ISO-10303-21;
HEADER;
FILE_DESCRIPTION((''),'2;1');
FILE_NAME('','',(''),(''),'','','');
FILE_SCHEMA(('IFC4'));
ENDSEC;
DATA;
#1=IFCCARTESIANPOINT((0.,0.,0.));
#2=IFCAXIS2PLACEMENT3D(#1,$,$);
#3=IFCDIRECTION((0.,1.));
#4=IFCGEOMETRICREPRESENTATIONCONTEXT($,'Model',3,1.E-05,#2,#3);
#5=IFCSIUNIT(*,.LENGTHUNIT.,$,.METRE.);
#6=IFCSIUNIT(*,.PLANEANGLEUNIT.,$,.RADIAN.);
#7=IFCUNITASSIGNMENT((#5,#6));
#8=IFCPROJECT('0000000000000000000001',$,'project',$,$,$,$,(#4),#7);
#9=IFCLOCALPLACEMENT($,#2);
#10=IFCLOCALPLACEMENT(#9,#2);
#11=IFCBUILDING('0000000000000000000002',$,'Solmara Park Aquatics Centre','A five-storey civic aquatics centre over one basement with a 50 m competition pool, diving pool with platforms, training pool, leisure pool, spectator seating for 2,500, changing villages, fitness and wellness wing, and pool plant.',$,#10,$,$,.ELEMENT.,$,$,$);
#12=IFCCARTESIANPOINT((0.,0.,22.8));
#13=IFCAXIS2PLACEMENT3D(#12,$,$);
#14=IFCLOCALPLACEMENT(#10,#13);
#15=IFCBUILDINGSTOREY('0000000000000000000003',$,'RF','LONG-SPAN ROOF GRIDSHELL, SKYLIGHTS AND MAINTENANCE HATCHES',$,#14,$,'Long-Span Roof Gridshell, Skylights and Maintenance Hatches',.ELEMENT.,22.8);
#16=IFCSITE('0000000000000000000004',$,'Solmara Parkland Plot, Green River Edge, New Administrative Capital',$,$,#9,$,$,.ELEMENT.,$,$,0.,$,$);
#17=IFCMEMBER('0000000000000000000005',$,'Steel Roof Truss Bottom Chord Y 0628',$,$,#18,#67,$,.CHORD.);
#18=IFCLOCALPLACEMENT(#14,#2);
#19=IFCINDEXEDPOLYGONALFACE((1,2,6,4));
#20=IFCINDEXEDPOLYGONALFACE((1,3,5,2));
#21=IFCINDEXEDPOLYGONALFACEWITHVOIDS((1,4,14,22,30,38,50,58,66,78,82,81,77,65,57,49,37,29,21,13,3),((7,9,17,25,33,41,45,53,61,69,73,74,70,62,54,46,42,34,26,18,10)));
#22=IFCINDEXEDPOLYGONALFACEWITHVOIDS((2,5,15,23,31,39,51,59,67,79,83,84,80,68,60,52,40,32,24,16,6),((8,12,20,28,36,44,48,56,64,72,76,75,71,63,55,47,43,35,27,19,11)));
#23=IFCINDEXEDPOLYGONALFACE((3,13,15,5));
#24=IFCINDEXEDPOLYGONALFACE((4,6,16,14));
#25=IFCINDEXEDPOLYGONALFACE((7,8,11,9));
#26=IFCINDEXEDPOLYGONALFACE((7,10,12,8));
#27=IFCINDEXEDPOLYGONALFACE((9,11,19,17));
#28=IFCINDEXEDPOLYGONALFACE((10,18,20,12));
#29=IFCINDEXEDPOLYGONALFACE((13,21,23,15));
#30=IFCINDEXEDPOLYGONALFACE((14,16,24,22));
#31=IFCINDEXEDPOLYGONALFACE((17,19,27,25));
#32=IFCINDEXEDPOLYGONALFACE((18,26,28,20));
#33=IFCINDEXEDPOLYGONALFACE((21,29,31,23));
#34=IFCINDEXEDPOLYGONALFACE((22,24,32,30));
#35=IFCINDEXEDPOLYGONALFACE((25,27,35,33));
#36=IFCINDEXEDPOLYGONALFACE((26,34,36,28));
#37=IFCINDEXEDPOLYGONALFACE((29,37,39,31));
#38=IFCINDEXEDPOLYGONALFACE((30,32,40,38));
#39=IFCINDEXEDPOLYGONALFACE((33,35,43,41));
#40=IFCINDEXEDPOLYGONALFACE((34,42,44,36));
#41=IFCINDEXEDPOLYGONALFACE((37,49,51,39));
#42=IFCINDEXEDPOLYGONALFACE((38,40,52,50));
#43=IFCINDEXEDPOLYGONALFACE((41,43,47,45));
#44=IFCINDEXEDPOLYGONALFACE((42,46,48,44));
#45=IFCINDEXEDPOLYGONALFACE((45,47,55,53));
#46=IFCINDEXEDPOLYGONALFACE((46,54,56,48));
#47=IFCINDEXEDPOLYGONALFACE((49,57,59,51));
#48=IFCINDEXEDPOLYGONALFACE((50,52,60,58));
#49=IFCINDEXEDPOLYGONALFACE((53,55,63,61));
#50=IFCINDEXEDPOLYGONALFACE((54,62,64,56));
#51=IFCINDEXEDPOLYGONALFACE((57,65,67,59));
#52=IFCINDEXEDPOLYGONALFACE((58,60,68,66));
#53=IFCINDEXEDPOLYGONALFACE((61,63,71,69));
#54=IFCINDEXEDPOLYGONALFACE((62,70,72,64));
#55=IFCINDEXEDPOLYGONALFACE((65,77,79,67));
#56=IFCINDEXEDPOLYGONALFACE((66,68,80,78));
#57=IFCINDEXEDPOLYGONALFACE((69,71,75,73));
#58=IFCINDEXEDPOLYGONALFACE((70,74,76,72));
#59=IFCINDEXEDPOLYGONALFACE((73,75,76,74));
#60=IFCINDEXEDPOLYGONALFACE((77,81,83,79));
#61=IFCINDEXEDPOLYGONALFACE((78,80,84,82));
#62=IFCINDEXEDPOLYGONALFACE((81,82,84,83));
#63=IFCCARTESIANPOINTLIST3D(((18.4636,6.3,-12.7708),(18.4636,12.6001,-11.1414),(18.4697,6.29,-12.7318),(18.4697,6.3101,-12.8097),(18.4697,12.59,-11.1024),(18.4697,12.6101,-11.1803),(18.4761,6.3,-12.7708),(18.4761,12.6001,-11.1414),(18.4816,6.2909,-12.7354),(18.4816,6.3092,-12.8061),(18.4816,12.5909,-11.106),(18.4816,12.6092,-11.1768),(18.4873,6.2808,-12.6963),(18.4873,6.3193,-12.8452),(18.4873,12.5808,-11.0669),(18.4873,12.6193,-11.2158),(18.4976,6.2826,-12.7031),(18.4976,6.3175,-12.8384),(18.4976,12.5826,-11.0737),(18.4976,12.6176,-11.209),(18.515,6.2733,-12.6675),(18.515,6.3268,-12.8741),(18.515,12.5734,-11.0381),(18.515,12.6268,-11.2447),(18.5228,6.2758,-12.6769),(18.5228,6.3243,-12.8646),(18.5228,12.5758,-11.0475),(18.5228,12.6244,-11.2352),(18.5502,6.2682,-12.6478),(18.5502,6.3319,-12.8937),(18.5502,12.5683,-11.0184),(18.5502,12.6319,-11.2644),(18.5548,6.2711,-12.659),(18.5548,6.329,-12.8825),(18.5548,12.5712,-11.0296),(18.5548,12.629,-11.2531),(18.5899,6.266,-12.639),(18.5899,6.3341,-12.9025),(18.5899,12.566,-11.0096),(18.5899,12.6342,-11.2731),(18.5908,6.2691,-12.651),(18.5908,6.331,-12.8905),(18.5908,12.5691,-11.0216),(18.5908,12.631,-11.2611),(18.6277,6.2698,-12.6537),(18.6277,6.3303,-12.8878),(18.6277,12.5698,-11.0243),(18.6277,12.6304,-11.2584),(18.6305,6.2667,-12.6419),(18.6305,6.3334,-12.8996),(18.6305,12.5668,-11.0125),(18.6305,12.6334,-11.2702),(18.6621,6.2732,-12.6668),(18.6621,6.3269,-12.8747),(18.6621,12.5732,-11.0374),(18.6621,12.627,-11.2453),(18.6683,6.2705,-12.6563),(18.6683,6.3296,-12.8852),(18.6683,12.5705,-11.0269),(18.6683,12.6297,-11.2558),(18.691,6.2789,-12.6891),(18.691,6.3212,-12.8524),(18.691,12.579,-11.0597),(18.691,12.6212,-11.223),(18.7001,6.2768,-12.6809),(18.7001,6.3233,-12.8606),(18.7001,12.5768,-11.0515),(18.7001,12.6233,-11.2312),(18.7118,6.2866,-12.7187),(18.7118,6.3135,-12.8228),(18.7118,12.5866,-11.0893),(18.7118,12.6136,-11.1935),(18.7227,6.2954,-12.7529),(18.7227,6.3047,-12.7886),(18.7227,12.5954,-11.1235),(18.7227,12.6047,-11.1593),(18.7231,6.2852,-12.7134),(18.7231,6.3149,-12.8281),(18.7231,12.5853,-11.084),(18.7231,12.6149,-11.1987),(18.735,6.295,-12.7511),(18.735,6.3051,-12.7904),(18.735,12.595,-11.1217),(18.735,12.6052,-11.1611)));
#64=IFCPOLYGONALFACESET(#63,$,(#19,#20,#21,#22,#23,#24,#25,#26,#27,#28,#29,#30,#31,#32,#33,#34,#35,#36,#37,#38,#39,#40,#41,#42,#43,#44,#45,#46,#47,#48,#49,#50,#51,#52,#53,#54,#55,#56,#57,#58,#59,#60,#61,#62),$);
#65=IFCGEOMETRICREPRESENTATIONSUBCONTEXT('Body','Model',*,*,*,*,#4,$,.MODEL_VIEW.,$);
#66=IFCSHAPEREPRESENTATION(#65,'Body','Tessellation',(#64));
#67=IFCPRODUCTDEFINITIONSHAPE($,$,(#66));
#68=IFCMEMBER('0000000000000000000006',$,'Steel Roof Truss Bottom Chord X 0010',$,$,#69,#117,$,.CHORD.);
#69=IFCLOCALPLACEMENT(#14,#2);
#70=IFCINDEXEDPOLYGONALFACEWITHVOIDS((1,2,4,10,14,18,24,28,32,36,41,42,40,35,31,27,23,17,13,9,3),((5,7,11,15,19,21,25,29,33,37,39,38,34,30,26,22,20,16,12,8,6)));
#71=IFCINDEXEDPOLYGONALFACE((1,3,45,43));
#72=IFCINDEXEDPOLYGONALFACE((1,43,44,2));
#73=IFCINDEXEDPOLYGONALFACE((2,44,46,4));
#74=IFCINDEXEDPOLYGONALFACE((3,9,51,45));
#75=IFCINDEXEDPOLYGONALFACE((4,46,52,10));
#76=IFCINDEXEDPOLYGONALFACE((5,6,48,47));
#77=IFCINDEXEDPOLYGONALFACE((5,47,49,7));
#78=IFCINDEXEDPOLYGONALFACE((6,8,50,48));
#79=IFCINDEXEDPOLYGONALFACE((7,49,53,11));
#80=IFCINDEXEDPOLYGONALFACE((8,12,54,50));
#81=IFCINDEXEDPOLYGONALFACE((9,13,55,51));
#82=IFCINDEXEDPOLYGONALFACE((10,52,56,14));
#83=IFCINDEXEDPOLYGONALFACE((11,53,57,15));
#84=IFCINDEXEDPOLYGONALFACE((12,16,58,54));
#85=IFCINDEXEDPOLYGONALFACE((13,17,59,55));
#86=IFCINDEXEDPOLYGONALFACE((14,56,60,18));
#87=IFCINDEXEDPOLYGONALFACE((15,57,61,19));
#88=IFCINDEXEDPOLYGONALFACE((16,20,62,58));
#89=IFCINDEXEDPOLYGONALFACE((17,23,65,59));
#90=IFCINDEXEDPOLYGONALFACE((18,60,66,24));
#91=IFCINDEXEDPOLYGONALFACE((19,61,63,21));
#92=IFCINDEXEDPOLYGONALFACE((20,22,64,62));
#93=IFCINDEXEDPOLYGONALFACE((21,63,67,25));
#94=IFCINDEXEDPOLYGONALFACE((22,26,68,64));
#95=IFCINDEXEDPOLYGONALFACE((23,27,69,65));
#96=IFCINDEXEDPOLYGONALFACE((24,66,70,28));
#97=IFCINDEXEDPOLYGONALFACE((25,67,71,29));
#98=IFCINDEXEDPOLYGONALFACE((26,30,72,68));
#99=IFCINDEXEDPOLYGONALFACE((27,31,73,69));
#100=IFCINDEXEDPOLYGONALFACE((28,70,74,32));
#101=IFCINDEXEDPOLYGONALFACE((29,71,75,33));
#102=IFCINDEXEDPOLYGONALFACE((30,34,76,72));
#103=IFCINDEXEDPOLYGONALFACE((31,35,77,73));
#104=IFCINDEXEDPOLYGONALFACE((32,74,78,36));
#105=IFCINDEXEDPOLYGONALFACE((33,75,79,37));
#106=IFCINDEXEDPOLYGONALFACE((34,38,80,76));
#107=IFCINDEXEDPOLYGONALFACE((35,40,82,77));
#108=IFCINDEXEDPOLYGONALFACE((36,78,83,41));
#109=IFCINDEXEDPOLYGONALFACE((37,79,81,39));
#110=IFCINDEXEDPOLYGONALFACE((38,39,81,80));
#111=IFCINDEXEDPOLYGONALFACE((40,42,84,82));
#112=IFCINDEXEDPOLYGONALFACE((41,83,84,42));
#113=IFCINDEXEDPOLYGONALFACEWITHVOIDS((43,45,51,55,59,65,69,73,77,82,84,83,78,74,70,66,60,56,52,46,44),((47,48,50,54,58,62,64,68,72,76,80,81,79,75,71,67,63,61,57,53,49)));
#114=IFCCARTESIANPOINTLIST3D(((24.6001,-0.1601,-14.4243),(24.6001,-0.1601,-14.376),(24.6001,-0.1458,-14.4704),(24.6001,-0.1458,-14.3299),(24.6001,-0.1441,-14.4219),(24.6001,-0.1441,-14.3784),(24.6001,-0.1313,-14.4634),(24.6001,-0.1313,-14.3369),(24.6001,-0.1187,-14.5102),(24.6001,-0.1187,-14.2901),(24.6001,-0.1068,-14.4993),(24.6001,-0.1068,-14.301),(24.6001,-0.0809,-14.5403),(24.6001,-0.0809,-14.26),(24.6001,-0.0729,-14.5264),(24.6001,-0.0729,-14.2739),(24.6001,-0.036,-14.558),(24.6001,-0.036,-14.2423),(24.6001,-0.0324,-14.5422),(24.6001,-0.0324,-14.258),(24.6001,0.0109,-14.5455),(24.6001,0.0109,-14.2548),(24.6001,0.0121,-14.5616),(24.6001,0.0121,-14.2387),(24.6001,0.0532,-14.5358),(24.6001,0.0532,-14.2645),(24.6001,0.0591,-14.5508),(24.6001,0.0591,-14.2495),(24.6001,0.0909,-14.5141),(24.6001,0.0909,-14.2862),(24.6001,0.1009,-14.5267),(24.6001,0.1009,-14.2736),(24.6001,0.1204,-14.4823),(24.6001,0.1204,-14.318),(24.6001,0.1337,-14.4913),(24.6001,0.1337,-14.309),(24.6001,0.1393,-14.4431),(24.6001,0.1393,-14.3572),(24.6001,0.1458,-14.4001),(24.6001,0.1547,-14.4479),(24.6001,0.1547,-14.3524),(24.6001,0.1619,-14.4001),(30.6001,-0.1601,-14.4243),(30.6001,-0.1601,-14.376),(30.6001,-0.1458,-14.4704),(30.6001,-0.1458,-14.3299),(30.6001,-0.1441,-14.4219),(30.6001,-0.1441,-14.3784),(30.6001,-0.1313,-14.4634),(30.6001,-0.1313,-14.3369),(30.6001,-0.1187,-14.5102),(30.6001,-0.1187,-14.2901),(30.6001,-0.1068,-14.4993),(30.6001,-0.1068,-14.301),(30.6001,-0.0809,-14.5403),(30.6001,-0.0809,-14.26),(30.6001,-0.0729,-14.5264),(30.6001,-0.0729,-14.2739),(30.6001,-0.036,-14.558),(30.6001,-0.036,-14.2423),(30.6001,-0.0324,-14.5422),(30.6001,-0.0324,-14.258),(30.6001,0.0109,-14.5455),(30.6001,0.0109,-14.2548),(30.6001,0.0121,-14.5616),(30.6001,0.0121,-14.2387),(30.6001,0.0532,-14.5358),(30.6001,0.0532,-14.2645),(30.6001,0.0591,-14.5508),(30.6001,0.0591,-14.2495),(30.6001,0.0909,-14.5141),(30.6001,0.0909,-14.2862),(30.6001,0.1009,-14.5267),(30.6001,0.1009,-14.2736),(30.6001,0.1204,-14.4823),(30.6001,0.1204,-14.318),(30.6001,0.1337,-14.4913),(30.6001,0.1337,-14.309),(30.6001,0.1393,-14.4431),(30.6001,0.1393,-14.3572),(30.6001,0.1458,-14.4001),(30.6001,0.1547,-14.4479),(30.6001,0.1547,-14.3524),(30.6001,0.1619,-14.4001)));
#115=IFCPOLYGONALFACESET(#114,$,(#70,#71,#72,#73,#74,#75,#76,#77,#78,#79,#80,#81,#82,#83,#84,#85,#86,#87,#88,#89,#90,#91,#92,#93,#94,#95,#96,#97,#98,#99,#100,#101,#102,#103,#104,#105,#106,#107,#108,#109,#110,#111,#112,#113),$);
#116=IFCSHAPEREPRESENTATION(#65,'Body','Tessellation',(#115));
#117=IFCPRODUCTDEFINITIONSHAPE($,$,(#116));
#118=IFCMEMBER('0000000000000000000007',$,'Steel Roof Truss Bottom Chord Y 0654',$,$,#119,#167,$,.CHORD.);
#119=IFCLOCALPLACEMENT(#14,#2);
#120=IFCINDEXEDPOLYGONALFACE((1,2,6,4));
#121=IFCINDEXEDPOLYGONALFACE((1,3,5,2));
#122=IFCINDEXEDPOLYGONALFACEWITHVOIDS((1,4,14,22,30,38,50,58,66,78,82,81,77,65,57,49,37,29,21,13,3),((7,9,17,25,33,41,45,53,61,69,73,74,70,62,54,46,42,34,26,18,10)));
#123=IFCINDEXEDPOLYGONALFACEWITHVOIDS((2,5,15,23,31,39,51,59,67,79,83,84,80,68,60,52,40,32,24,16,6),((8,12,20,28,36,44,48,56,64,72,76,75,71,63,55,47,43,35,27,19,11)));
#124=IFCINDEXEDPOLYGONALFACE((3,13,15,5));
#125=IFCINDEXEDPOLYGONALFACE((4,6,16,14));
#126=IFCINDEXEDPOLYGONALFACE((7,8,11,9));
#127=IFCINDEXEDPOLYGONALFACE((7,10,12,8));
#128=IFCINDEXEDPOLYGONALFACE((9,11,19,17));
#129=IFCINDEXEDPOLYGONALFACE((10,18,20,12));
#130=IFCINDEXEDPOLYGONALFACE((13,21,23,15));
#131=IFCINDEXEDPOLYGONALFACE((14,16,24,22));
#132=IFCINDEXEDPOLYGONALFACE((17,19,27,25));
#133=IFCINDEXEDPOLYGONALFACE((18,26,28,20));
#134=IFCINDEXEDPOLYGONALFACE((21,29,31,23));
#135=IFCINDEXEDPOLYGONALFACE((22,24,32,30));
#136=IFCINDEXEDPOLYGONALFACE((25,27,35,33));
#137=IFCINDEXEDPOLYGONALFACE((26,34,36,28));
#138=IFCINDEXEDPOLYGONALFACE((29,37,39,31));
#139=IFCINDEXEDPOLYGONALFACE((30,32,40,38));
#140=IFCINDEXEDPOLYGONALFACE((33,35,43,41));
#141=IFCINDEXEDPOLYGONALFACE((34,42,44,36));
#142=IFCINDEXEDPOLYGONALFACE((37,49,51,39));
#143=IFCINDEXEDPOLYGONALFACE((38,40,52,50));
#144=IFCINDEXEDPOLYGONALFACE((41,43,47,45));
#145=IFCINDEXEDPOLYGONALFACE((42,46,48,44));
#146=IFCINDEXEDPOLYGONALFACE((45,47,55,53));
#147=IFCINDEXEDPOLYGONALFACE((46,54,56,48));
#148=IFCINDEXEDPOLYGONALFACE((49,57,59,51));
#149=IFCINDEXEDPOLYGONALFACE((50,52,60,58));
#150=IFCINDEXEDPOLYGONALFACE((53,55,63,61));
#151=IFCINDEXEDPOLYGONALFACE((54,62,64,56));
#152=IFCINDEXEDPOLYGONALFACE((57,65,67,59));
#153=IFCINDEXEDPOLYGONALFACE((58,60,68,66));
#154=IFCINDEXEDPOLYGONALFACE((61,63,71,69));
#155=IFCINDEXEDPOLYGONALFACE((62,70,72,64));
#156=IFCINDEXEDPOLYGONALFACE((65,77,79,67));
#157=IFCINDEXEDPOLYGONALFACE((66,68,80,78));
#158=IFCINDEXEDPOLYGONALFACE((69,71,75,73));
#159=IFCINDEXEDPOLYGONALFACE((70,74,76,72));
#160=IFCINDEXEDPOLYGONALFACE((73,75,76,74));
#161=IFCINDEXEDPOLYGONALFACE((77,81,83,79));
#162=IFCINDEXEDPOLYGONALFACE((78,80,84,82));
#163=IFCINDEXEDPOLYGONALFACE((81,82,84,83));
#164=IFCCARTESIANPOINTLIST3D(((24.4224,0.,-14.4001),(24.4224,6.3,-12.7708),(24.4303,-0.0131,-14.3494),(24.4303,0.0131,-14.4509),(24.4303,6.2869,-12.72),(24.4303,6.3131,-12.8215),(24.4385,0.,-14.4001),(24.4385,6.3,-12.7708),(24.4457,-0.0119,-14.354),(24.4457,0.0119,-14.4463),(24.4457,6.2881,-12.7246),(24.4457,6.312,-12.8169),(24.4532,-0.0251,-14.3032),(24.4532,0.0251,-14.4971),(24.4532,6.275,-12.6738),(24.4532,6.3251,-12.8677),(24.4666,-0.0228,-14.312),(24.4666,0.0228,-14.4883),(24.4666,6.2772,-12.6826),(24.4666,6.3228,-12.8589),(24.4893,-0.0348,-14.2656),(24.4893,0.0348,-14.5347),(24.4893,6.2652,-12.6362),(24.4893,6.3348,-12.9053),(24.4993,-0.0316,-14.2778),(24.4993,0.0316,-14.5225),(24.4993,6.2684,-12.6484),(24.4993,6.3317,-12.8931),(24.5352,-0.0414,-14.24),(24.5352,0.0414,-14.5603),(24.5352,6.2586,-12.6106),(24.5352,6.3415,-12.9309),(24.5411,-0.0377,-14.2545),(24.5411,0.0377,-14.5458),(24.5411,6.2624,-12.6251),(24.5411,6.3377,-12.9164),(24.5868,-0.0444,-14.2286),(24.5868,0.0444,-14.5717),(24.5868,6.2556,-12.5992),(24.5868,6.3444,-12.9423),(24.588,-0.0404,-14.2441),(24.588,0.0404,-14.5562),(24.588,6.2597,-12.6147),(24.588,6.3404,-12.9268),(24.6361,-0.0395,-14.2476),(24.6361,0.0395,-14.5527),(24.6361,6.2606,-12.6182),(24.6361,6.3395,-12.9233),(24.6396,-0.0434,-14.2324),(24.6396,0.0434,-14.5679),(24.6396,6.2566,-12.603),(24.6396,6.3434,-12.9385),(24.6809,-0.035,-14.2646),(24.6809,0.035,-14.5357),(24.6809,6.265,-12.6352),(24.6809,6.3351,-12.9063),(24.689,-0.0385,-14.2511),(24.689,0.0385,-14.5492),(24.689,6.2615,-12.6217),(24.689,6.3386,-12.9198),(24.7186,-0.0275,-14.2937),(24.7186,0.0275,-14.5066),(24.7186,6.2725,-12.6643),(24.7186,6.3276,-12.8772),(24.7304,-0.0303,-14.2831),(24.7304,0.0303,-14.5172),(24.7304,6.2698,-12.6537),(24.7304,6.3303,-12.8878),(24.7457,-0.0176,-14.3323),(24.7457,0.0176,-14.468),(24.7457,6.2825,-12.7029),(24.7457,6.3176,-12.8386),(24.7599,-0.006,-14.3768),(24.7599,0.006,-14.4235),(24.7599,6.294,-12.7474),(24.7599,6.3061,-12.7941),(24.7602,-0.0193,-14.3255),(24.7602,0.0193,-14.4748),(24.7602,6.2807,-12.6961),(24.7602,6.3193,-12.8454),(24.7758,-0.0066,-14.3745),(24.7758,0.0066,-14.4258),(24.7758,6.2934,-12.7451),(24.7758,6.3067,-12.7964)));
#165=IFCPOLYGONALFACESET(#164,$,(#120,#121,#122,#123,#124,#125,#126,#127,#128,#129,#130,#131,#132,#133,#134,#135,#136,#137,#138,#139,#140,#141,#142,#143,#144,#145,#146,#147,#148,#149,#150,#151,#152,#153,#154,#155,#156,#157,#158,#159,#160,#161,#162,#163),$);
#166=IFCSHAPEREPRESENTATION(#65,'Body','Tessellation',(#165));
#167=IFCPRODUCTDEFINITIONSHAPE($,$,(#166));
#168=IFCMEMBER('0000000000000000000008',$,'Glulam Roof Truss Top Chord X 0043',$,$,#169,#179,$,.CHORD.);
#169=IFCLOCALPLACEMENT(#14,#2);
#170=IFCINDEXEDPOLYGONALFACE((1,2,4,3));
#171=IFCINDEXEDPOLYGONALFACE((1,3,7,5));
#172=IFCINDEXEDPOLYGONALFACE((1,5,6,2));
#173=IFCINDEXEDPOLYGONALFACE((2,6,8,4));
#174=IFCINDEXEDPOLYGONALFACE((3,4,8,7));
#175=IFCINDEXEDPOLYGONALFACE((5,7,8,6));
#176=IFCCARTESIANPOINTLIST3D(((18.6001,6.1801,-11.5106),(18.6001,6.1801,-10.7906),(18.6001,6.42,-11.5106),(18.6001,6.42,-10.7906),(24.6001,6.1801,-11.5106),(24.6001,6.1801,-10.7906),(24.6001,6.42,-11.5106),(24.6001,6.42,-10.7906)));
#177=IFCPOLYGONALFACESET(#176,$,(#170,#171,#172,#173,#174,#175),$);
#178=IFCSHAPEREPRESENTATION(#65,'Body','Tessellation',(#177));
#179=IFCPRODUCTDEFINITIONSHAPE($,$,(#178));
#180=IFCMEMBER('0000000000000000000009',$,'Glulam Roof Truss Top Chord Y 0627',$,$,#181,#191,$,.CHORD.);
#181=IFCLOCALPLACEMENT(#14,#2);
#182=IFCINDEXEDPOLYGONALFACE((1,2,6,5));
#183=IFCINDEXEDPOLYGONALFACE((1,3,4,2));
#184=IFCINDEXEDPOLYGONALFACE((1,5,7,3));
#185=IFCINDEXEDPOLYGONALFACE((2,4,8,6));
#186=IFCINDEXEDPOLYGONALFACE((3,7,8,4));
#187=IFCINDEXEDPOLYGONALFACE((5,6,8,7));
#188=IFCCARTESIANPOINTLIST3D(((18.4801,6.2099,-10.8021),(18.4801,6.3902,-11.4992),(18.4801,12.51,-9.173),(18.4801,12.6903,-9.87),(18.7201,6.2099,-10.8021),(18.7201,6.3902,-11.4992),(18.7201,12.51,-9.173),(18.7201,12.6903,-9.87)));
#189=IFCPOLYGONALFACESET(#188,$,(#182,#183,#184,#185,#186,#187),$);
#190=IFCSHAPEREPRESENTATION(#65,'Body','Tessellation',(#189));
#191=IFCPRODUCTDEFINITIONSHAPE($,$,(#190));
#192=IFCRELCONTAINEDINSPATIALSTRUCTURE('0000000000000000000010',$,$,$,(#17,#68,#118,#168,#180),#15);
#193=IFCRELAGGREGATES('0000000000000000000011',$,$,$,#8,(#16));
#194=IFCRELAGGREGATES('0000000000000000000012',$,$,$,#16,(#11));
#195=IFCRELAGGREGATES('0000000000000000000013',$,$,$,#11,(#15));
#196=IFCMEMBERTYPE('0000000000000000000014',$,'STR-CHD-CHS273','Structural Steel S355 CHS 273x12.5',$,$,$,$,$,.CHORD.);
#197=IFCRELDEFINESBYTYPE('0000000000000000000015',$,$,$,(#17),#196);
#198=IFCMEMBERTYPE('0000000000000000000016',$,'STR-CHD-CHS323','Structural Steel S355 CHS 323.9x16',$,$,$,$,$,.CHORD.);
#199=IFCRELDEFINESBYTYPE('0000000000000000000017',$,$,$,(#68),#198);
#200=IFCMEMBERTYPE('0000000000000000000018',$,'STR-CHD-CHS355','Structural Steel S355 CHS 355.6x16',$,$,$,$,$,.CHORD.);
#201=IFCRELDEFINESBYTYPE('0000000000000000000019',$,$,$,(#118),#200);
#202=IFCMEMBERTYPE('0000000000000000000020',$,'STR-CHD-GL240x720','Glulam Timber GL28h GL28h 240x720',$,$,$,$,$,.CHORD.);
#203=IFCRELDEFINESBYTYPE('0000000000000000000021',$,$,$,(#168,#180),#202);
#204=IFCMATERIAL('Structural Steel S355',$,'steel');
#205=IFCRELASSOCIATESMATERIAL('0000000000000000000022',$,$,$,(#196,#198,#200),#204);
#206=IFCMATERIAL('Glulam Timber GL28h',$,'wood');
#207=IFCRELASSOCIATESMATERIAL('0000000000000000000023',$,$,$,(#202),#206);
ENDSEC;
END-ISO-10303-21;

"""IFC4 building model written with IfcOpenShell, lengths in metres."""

from ifc_helpers import new_model, si_unit, direction, frame, origin, origin_2d, place, context, subcontext, project, spatial, rectangle, hollow_circle, extrude, material, material_profile, profile_set, type_object, element, save


model = new_model("IFC4")

# Units and contexts
model_context = context("Model", 3, precision=1e-05, world=origin(), true_north=direction((0.0, 1.0)))
body_context = subcontext(model_context, "Body", "Model", "MODEL_VIEW")
ifc_project = project(units=[si_unit("LENGTHUNIT", "METRE"), si_unit("PLANEANGLEUNIT", "RADIAN")], contexts=[model_context])

# Site, building, storey
site_placement = place(None, origin())
site = spatial("IfcSite", under=ifc_project, at=site_placement, Name="Solmara Parkland Plot, Green River Edge, New Administrative Capital", CompositionType="ELEMENT", RefElevation=0.0)
building_placement = place(site_placement, origin())
building = spatial("IfcBuilding", under=site, at=building_placement, Name="Solmara Park Aquatics Centre", Description="A five-storey civic aquatics centre over one basement with a 50 m competition pool, diving pool with platforms, training pool, leisure pool, spectator seating for 2,500, changing villages, fitness and wellness wing, and pool plant.", CompositionType="ELEMENT")
storey_placement = place(building_placement, frame((0.0, 0.0, 22.8)))
storey = spatial("IfcBuildingStorey", under=building, at=storey_placement, Name="RF", Description="LONG-SPAN ROOF GRIDSHELL, SKYLIGHTS AND MAINTENANCE HATCHES", LongName="Long-Span Roof Gridshell, Skylights and Maintenance Hatches", CompositionType="ELEMENT", Elevation=22.8)

# Members
ifc_material_1 = material(Name="Structural Steel S355", Category="steel")
ifc_material_profile_1 = material_profile(ifc_material_1, hollow_circle(Radius=0.1365, WallThickness=0.0125, at=origin_2d()), Name="CHS 273x12.5")
ifc_profile_set_1 = profile_set([ifc_material_profile_1], Name="Structural Steel S355")
member_type_1 = type_object("IfcMemberType", Name="STR-CHD-CHS273", Description="Structural Steel S355 CHS 273x12.5", PredefinedType="CHORD", material=ifc_profile_set_1)
member_1_placement = place(storey_placement, frame((18.6001, 6.3, -12.7708), z_axis=(0.0, 0.968144, 0.250393), x_axis=(-1.0, 0.0, 0.0)))
element("IfcMember", 1, at=member_1_placement, inside=storey, type_object=member_type_1, Name="Steel Roof Truss Bottom Chord Y 0628", PredefinedType="CHORD", context=body_context, shape_type="SweptSolid", body=[
    extrude(hollow_circle(Radius=0.1365, WallThickness=0.0125, at=origin_2d()), origin(), (0.0, 0.0, 1.0), 6.5073),
])
ifc_material_profile_2 = material_profile(ifc_material_1, hollow_circle(Radius=0.1619, WallThickness=0.0161, at=origin_2d()), Name="CHS 323.9x16")
ifc_profile_set_2 = profile_set([ifc_material_profile_2], Name="Structural Steel S355")
member_type_2 = type_object("IfcMemberType", Name="STR-CHD-CHS323", Description="Structural Steel S355 CHS 323.9x16", PredefinedType="CHORD", material=ifc_profile_set_2)
member_2_placement = place(storey_placement, frame((24.6001, 0.0, -14.4001), z_axis=(1.0, 0.0, 0.0), x_axis=(0.0, 1.0, 0.0)))
element("IfcMember", 2, at=member_2_placement, inside=storey, type_object=member_type_2, Name="Steel Roof Truss Bottom Chord X 0010", PredefinedType="CHORD", context=body_context, shape_type="SweptSolid", body=[
    extrude(hollow_circle(Radius=0.1619, WallThickness=0.0161, at=origin_2d()), origin(), (0.0, 0.0, 1.0), 6.0),
])
ifc_material_profile_3 = material_profile(ifc_material_1, hollow_circle(Radius=0.1777, WallThickness=0.0161, at=origin_2d()), Name="CHS 355.6x16")
ifc_profile_set_3 = profile_set([ifc_material_profile_3], Name="Structural Steel S355")
member_type_3 = type_object("IfcMemberType", Name="STR-CHD-CHS355", Description="Structural Steel S355 CHS 355.6x16", PredefinedType="CHORD", material=ifc_profile_set_3)
member_3_placement = place(storey_placement, frame((24.6001, 0.0, -14.4001), z_axis=(0.0, 0.968144, 0.250393), x_axis=(-1.0, 0.0, 0.0)))
element("IfcMember", 3, at=member_3_placement, inside=storey, type_object=member_type_3, Name="Steel Roof Truss Bottom Chord Y 0654", PredefinedType="CHORD", context=body_context, shape_type="SweptSolid", body=[
    extrude(hollow_circle(Radius=0.1777, WallThickness=0.0161, at=origin_2d()), origin(), (0.0, 0.0, 1.0), 6.5073),
])
ifc_material_2 = material(Name="Glulam Timber GL28h", Category="wood")
ifc_material_profile_4 = material_profile(ifc_material_2, rectangle(XDim=0.24, YDim=0.72, at=origin_2d()), Name="GL28h 240x720")
ifc_profile_set_4 = profile_set([ifc_material_profile_4], Name="Glulam Timber GL28h")
member_type_4 = type_object("IfcMemberType", Name="STR-CHD-GL240x720", Description="Glulam Timber GL28h GL28h 240x720", PredefinedType="CHORD", material=ifc_profile_set_4)
member_4_placement = place(storey_placement, frame((18.6001, 6.3, -11.1506), z_axis=(1.0, 0.0, 0.0), x_axis=(0.0, 1.0, 0.0)))
element("IfcMember", 4, at=member_4_placement, inside=storey, type_object=member_type_4, Name="Glulam Roof Truss Top Chord X 0043", PredefinedType="CHORD", context=body_context, shape_type="SweptSolid", body=[
    extrude(rectangle(XDim=0.24, YDim=0.72, at=origin_2d()), origin(), (0.0, 0.0, 1.0), 6.0),
])
member_5_placement = place(storey_placement, frame((18.6001, 6.3, -11.1506), z_axis=(0.0, 0.968153, 0.250358), x_axis=(-1.0, 0.0, 0.0)))
element("IfcMember", 5, at=member_5_placement, inside=storey, type_object=member_type_4, Name="Glulam Roof Truss Top Chord Y 0627", PredefinedType="CHORD", context=body_context, shape_type="SweptSolid", body=[
    extrude(rectangle(XDim=0.24, YDim=0.72, at=origin_2d()), origin(), (0.0, 0.0, 1.0), 6.5073),
])

save(model, "model.ifc")
